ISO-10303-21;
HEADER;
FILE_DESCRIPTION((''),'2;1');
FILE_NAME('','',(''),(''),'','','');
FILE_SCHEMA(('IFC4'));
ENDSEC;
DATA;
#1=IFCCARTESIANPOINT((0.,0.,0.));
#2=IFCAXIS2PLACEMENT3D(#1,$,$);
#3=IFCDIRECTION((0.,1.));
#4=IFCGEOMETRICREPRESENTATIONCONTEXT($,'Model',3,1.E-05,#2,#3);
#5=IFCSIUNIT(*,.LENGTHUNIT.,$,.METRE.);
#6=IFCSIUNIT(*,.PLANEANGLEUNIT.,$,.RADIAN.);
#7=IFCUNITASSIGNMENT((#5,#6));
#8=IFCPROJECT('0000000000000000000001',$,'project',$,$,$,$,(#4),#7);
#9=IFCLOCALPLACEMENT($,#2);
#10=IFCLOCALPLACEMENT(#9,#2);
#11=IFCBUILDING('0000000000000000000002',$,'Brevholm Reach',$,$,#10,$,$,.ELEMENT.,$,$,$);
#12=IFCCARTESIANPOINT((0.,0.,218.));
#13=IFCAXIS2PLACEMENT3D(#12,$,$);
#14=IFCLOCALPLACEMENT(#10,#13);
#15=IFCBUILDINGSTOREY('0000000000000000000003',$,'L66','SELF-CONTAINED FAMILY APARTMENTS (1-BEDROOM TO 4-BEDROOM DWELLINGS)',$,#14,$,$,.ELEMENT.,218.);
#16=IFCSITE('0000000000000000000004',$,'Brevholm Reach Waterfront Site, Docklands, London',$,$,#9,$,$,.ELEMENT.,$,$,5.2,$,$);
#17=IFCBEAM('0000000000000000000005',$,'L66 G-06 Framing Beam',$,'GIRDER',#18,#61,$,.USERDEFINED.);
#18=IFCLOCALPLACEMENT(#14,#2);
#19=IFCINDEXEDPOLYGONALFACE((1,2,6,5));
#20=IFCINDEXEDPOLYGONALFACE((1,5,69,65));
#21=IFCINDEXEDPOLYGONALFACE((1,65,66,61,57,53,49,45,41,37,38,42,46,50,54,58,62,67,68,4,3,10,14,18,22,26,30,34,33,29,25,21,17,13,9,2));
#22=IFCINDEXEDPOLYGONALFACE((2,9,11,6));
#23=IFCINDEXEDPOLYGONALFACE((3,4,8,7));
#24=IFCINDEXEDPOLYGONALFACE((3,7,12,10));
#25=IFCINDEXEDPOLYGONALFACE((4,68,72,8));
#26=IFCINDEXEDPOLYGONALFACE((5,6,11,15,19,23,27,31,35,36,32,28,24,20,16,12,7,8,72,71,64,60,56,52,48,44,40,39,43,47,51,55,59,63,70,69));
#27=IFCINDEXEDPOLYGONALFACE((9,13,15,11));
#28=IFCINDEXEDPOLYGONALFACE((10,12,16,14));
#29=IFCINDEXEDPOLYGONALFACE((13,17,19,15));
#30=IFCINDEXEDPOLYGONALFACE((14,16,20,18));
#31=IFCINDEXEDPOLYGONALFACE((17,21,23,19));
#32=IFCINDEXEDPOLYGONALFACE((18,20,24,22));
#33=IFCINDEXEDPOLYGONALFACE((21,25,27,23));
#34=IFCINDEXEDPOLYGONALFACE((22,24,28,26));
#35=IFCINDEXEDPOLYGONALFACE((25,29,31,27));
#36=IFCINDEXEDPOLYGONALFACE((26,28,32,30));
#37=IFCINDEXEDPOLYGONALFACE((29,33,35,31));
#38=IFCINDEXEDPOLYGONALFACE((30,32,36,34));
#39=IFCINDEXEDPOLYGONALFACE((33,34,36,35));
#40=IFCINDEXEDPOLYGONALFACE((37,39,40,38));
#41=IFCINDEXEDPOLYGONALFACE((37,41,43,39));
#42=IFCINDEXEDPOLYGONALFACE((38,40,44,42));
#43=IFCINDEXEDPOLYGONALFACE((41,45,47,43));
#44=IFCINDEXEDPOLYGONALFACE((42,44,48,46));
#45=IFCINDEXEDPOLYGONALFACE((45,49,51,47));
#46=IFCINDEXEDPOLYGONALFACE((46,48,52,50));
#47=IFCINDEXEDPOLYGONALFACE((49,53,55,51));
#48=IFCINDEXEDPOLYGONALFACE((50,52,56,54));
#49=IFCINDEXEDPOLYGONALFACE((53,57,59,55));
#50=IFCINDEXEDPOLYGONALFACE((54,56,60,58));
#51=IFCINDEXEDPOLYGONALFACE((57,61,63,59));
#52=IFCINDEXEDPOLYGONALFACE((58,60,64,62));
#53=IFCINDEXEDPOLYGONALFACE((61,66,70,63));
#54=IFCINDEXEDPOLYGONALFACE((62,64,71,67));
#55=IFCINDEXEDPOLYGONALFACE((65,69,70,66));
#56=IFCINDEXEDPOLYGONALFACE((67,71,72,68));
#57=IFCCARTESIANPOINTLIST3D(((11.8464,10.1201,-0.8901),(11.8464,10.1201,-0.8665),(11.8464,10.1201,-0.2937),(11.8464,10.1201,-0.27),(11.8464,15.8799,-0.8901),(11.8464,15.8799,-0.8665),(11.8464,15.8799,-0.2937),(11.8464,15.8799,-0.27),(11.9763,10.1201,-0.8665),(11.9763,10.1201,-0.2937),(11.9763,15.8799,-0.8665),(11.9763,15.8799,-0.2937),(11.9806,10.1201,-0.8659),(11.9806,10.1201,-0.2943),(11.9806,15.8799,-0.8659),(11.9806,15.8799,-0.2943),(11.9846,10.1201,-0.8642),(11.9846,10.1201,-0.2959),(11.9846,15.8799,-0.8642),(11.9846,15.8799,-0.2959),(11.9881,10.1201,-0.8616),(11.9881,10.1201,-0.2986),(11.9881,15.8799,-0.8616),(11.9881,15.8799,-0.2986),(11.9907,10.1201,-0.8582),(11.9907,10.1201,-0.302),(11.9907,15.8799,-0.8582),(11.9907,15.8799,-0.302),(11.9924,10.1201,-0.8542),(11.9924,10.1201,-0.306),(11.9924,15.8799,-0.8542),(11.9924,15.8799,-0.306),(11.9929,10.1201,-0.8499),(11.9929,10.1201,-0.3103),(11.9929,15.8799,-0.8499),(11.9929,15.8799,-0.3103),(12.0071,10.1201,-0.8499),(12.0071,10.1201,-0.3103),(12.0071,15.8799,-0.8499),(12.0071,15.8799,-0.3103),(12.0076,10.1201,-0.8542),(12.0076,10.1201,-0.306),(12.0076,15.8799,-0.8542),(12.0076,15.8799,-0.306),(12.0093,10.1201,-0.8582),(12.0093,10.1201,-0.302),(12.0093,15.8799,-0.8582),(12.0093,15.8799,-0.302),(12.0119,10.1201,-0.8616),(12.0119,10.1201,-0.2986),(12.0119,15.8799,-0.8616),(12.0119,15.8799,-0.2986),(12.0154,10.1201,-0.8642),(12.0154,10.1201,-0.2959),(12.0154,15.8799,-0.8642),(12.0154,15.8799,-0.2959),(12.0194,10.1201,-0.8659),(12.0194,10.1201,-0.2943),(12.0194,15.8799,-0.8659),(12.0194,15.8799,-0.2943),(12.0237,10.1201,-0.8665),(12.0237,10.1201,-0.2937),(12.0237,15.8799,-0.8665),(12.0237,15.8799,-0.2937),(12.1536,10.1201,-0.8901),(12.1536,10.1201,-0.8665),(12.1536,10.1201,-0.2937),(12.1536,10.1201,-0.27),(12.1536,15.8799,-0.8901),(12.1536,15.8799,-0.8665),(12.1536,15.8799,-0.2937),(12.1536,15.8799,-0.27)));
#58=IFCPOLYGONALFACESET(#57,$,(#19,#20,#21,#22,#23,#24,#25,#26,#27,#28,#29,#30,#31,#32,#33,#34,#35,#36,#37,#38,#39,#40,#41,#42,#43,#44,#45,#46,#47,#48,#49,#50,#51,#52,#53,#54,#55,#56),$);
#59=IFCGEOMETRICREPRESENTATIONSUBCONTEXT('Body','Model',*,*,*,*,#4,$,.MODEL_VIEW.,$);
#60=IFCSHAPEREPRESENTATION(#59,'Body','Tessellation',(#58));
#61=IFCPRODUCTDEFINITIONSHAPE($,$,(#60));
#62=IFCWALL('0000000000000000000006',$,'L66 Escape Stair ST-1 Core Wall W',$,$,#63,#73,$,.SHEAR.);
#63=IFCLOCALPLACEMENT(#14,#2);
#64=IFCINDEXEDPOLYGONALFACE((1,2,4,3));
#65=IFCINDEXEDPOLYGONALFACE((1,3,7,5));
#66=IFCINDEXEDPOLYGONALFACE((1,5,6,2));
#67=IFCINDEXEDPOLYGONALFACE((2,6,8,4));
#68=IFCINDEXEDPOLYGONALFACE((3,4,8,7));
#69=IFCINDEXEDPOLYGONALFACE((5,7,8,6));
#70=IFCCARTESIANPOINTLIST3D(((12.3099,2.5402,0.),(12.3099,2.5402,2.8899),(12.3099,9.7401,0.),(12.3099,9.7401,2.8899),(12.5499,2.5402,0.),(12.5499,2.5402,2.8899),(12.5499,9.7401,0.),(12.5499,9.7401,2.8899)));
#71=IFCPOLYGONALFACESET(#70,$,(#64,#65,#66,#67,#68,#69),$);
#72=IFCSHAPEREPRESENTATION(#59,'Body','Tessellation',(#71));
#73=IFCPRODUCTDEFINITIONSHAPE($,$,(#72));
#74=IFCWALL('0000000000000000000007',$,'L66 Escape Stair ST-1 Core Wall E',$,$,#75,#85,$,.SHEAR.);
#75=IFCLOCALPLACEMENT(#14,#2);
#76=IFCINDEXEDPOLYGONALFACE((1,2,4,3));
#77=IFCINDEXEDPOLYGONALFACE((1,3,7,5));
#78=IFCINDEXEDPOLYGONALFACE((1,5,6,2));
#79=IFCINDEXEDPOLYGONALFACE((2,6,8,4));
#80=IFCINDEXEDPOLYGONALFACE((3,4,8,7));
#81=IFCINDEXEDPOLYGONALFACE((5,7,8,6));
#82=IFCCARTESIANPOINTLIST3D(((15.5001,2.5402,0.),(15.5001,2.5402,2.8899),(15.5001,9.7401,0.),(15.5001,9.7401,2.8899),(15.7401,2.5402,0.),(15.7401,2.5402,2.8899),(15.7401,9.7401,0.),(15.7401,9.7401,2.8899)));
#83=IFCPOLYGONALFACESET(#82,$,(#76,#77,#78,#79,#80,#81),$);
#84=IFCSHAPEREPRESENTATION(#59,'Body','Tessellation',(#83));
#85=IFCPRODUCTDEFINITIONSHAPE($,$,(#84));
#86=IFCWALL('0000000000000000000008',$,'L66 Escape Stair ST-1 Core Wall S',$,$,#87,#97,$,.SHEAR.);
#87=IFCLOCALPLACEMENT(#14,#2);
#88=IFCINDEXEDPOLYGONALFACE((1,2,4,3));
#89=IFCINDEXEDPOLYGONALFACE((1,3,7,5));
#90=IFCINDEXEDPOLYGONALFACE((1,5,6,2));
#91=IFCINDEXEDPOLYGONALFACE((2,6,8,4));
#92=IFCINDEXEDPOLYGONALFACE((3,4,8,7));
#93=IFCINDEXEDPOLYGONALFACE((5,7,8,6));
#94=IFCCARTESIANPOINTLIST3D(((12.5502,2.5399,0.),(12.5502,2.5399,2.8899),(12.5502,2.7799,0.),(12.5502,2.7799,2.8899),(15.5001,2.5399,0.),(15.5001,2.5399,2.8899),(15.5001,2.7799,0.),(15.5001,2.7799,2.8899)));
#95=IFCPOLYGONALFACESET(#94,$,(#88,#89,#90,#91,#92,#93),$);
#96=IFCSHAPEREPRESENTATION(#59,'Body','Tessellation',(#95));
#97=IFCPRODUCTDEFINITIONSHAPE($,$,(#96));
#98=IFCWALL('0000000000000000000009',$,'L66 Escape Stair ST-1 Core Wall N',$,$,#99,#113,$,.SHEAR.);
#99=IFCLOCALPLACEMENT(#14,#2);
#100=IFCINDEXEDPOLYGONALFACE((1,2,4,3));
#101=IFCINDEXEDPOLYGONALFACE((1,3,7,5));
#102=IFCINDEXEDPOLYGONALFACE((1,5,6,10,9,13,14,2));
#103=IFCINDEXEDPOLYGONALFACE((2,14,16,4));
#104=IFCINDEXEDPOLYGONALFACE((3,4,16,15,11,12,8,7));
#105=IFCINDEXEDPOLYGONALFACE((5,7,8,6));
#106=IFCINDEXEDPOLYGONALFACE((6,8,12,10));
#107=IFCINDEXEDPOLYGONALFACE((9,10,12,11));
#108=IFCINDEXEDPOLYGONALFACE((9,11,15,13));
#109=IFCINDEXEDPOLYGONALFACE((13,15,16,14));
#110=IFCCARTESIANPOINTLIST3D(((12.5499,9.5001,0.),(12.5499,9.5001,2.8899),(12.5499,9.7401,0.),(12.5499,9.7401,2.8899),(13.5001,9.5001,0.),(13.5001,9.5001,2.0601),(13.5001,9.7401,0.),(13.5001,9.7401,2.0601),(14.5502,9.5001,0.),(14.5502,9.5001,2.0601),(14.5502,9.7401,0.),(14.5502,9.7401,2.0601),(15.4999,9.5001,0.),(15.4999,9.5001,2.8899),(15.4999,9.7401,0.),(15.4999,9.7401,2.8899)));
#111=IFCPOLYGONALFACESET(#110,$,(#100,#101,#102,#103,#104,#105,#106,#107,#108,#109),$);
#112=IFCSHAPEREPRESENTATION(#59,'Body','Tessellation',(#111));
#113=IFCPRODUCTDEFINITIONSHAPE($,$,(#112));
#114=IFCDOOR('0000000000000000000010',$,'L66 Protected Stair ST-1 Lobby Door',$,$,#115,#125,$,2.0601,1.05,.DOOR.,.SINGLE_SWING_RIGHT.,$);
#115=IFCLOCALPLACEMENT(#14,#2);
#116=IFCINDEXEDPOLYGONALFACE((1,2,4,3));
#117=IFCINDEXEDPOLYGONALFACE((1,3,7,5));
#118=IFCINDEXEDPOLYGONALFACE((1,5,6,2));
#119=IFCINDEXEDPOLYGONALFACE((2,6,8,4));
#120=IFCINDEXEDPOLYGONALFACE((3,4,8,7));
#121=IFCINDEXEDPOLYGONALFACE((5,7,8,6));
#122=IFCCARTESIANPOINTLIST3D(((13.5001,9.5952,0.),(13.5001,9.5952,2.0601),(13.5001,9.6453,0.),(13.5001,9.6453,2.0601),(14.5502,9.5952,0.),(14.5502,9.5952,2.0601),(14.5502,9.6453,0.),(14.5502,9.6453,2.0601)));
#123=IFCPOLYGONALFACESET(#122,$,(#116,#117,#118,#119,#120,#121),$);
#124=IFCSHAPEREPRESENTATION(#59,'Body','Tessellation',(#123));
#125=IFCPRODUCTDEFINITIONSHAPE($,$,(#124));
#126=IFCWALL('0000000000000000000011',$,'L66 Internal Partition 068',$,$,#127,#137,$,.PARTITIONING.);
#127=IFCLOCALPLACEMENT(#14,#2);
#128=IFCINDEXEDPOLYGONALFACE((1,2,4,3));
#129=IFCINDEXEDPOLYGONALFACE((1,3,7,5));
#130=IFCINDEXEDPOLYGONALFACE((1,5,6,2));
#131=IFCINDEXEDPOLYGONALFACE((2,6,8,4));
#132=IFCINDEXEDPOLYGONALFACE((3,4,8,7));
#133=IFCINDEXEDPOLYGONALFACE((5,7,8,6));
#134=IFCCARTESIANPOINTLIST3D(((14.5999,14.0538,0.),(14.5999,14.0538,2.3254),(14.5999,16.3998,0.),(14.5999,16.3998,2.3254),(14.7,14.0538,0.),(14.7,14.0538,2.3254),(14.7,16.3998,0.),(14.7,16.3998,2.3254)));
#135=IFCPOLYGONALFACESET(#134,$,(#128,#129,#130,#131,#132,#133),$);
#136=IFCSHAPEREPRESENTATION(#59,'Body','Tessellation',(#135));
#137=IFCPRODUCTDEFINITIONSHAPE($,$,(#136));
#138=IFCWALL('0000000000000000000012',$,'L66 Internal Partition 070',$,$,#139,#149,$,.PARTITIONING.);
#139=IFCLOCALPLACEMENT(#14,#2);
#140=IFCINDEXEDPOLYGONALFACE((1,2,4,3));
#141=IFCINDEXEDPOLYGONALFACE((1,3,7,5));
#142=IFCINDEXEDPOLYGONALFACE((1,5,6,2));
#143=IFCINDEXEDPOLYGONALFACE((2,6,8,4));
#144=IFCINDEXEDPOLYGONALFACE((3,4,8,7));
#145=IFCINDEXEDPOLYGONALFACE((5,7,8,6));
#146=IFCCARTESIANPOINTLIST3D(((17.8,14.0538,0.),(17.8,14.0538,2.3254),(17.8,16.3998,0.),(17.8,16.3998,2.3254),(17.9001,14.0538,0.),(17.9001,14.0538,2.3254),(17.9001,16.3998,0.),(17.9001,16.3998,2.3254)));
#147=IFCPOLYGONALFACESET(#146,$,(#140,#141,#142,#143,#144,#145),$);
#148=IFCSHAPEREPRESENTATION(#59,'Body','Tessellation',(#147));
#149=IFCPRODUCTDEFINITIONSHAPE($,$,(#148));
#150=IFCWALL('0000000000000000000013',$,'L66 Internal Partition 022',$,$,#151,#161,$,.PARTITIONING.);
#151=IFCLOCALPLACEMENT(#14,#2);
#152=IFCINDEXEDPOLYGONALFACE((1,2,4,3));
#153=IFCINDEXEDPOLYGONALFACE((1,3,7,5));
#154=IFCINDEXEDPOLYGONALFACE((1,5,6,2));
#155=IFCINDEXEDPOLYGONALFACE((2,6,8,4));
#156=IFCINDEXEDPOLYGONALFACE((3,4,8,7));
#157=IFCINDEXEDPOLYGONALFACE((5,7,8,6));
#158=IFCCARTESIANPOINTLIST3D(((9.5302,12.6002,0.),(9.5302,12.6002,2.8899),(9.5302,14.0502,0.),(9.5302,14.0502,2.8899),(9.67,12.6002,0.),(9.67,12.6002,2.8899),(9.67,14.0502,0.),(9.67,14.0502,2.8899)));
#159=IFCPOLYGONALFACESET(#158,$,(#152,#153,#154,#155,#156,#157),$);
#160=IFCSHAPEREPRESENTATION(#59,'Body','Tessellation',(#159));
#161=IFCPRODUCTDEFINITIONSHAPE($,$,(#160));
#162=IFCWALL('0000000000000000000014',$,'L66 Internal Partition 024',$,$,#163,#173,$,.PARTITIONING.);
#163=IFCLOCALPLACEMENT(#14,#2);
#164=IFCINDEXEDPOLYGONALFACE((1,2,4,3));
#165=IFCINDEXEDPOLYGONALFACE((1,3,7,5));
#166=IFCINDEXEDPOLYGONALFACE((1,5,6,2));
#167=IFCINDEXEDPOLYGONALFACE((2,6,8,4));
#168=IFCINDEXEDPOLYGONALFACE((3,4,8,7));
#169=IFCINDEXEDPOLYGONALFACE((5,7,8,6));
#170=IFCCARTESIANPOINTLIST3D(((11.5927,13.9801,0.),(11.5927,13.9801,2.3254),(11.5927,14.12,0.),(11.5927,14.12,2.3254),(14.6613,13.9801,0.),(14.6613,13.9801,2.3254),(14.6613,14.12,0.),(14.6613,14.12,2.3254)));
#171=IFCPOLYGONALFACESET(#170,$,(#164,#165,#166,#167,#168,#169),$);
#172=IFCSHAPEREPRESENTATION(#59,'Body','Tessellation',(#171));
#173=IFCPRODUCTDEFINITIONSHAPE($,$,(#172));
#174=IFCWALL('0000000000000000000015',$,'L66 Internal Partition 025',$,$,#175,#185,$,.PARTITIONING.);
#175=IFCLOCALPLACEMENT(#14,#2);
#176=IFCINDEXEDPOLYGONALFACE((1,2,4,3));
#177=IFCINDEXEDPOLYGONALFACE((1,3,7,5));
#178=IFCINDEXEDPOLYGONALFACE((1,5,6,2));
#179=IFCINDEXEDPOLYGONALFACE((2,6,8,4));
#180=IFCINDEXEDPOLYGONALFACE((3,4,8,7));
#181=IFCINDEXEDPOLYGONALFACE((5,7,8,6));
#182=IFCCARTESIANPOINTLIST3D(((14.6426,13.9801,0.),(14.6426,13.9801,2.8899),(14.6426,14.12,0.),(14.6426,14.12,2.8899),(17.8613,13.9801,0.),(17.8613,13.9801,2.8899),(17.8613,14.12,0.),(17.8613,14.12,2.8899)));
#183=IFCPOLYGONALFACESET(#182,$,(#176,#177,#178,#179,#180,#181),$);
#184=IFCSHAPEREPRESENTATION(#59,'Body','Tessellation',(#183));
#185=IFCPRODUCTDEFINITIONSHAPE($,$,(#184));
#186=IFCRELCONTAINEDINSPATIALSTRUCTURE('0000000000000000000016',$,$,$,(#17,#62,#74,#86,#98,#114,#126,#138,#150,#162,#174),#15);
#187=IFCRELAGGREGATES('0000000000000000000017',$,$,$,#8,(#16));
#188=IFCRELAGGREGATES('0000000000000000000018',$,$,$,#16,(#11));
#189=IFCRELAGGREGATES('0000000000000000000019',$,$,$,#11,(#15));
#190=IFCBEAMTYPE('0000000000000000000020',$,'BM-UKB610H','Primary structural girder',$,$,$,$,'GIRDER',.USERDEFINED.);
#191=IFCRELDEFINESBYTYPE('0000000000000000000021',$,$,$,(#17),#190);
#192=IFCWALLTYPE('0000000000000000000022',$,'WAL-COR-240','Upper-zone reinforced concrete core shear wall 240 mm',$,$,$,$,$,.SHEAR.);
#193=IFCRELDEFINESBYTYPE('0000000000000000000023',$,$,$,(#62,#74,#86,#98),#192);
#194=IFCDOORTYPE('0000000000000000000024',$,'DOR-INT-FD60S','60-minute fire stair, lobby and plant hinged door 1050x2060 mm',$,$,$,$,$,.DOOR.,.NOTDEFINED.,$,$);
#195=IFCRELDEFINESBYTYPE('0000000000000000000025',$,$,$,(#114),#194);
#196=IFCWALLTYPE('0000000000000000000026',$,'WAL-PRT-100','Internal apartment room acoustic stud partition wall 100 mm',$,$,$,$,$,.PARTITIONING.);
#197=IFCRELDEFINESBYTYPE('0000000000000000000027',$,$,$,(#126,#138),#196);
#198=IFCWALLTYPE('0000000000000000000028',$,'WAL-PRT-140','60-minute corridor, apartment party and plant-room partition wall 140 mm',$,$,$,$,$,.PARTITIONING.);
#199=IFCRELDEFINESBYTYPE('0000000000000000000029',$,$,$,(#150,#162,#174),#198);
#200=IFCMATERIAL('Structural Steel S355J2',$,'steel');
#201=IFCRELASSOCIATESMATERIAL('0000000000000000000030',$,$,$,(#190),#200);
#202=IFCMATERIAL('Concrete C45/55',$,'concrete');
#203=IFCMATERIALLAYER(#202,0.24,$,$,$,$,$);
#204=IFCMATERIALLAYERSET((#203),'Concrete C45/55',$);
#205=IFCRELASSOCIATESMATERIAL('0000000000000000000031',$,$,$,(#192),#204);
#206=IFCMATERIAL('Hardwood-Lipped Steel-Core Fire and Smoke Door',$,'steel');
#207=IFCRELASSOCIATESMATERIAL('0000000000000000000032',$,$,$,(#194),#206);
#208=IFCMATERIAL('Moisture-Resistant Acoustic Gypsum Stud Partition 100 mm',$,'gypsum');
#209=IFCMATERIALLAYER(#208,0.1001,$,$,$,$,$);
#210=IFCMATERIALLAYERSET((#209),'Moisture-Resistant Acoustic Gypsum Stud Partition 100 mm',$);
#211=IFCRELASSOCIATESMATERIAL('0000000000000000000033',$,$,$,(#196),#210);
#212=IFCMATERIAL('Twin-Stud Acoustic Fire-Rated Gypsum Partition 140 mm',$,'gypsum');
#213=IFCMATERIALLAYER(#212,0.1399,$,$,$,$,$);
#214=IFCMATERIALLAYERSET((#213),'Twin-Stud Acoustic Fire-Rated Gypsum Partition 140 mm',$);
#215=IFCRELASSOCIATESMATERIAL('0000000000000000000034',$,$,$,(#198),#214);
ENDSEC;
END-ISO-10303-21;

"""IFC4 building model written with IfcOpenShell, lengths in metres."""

from ifc_helpers import new_model, si_unit, direction, frame, frame_2d, origin, origin_2d, place, context, subcontext, project, spatial, rectangle, i_section, extrude, material, layer, layer_set, material_profile, profile_set, type_object, element, fill, save


model = new_model("IFC4")

# Units and contexts
model_context = context("Model", 3, precision=1e-05, world=origin(), true_north=direction((0.0, 1.0)))
body_context = subcontext(model_context, "Body", "Model", "MODEL_VIEW")
ifc_project = project(units=[si_unit("LENGTHUNIT", "METRE"), si_unit("PLANEANGLEUNIT", "RADIAN")], contexts=[model_context])

# Site, building, storey
site_placement = place(None, origin())
site = spatial("IfcSite", under=ifc_project, at=site_placement, Name="Brevholm Reach Waterfront Site, Docklands, London", CompositionType="ELEMENT", RefElevation=5.2)
building_placement = place(site_placement, origin())
building = spatial("IfcBuilding", under=site, at=building_placement, Name="Brevholm Reach", CompositionType="ELEMENT")
storey_placement = place(building_placement, frame((0.0, 0.0, 218.0)))
storey = spatial("IfcBuildingStorey", under=building, at=storey_placement, Name="L66", Description="SELF-CONTAINED FAMILY APARTMENTS (1-BEDROOM TO 4-BEDROOM DWELLINGS)", CompositionType="ELEMENT", Elevation=218.0)

# Beam
ifc_material_1 = material(Name="Structural Steel S355J2", Category="steel")
ifc_material_profile_1 = material_profile(ifc_material_1, i_section(OverallWidth=0.3071, OverallDepth=0.6201, WebThickness=0.0142, FlangeThickness=0.0237, FilletRadius=0.0166, at=origin_2d()), Name="UKB 610x305x179")
ifc_profile_set_1 = profile_set([ifc_material_profile_1], Name="Structural Steel S355J2")
beam_type_1 = type_object("IfcBeamType", Name="BM-UKB610H", Description="Primary structural girder", ElementType="GIRDER", PredefinedType="USERDEFINED", material=ifc_profile_set_1)
beam_1_placement = place(storey_placement, frame((12.0, 10.1201, -0.5801), z_axis=(0.0, 1.0, 0.0), x_axis=(-1.0, 0.0, 0.0)))
element("IfcBeam", 1, at=beam_1_placement, inside=storey, type_object=beam_type_1, Name="L66 G-06 Framing Beam", ObjectType="GIRDER", PredefinedType="USERDEFINED", context=body_context, shape_type="SweptSolid", body=[
    extrude(i_section(OverallWidth=0.3071, OverallDepth=0.6201, WebThickness=0.0142, FlangeThickness=0.0237, FilletRadius=0.0166, at=origin_2d()), origin(), (0.0, 0.0, 1.0), 5.7598),
])

# Walls
ifc_material_2 = material(Name="Concrete C45/55", Category="concrete")
ifc_layer_1 = layer(ifc_material_2, 0.24)
ifc_layer_set_1 = layer_set([ifc_layer_1], Name="Concrete C45/55")
wall_type_1 = type_object("IfcWallType", Name="WAL-COR-240", Description="Upper-zone reinforced concrete core shear wall 240 mm", PredefinedType="SHEAR", material=ifc_layer_set_1)
for number, where, z_axis, x_axis, name in (
    (2, (12.4299, 2.54, 0.0), (0.0, 0.0, 1.0), (0.0, 1.0, 0.0), "L66 Escape Stair ST-1 Core Wall W"),
    (3, (15.6201, 2.54, 0.0), (0.0, 0.0, 1.0), (0.0, 1.0, 0.0), "L66 Escape Stair ST-1 Core Wall E"),
):
    element("IfcWall", number, at=place(storey_placement, frame(where, z_axis=z_axis, x_axis=x_axis)), inside=storey, type_object=wall_type_1, Name=name, PredefinedType="SHEAR", context=body_context, shape_type="SweptSolid", body=[
        extrude(rectangle(XDim=7.2, YDim=0.24, at=frame_2d((3.6001, 0.0))), origin(), (0.0, 0.0, 1.0), 2.8899),
    ])
wall_1_placement = place(storey_placement, frame((12.55, 2.6599, 0.0), z_axis=(0.0, 0.0, 1.0), x_axis=(1.0, 0.0, 0.0)))
element("IfcWall", 4, at=wall_1_placement, inside=storey, type_object=wall_type_1, Name="L66 Escape Stair ST-1 Core Wall S", PredefinedType="SHEAR", context=body_context, shape_type="SweptSolid", body=[
    extrude(rectangle(XDim=2.95, YDim=0.24, at=frame_2d((1.4751, 0.0))), origin(), (0.0, 0.0, 1.0), 2.8899),
])

# Wall, opening, door
wall_2_placement = place(storey_placement, frame((15.5, 9.6201, 0.0), z_axis=(0.0, 0.0, 1.0), x_axis=(-1.0, 0.0, 0.0)))
wall_2 = element("IfcWall", 5, at=wall_2_placement, inside=storey, type_object=wall_type_1, Name="L66 Escape Stair ST-1 Core Wall N", PredefinedType="SHEAR", context=body_context, shape_type="SweptSolid", body=[
    extrude(rectangle(XDim=2.95, YDim=0.24, at=frame_2d((1.4751, 0.0))), origin(), (0.0, 0.0, 1.0), 2.8899),
])
opening_1_placement = place(wall_2_placement, frame((0.95, 0.0, 0.0)))
opening_1 = element("IfcOpeningElement", 6, at=opening_1_placement, cuts=wall_2, PredefinedType="OPENING", context=body_context, shape_type="SweptSolid", body=[
    extrude(rectangle(XDim=1.05, YDim=2.0601, at=frame_2d((0.5249, 1.03))), frame((0.0, 0.1299, 0.0), z_axis=(0.0, -1.0, 0.0), x_axis=(1.0, 0.0, 0.0)), (0.0, 0.0, 1.0), 0.26),
])
ifc_material_3 = material(Name="Hardwood-Lipped Steel-Core Fire and Smoke Door", Category="steel")
door_type_1 = type_object("IfcDoorType", Name="DOR-INT-FD60S", Description="60-minute fire stair, lobby and plant hinged door 1050x2060 mm", OperationType="NOTDEFINED", PredefinedType="DOOR", material=ifc_material_3)
door_1_placement = place(opening_1_placement, origin())
door_1 = element("IfcDoor", 7, at=door_1_placement, inside=storey, type_object=door_type_1, Name="L66 Protected Stair ST-1 Lobby Door", OperationType="SINGLE_SWING_RIGHT", OverallHeight=2.0601, OverallWidth=1.05, PredefinedType="DOOR", context=body_context, shape_type="SweptSolid", body=[
    extrude(rectangle(XDim=1.05, YDim=2.0601, at=frame_2d((0.5249, 1.03))), frame((0.0, 0.0249, 0.0), z_axis=(0.0, -1.0, 0.0), x_axis=(1.0, 0.0, 0.0)), (0.0, 0.0, 1.0), 0.05),
])
fill(opening_1, door_1)

# Walls
ifc_material_4 = material(Name="Moisture-Resistant Acoustic Gypsum Stud Partition 100 mm", Category="gypsum")
ifc_layer_2 = layer(ifc_material_4, 0.1001)
ifc_layer_set_2 = layer_set([ifc_layer_2], Name="Moisture-Resistant Acoustic Gypsum Stud Partition 100 mm")
wall_type_2 = type_object("IfcWallType", Name="WAL-PRT-100", Description="Internal apartment room acoustic stud partition wall 100 mm", PredefinedType="PARTITIONING", material=ifc_layer_set_2)
for number, where, z_axis, x_axis, name in (
    (8, (14.6499, 14.054, 0.0), (0.0, 0.0, 1.0), (0.0, 1.0, 0.0), "L66 Internal Partition 068"),
    (9, (17.8501, 14.054, 0.0), (0.0, 0.0, 1.0), (0.0, 1.0, 0.0), "L66 Internal Partition 070"),
):
    element("IfcWall", number, at=place(storey_placement, frame(where, z_axis=z_axis, x_axis=x_axis)), inside=storey, type_object=wall_type_2, Name=name, PredefinedType="PARTITIONING", context=body_context, shape_type="SweptSolid", body=[
        extrude(rectangle(XDim=2.3459, YDim=0.1001, at=frame_2d((1.1729, 0.0))), origin(), (0.0, 0.0, 1.0), 2.3254),
    ])
ifc_material_5 = material(Name="Twin-Stud Acoustic Fire-Rated Gypsum Partition 140 mm", Category="gypsum")
ifc_layer_3 = layer(ifc_material_5, 0.1399)
ifc_layer_set_3 = layer_set([ifc_layer_3], Name="Twin-Stud Acoustic Fire-Rated Gypsum Partition 140 mm")
wall_type_3 = type_object("IfcWallType", Name="WAL-PRT-140", Description="60-minute corridor, apartment party and plant-room partition wall 140 mm", PredefinedType="PARTITIONING", material=ifc_layer_set_3)
wall_3_placement = place(storey_placement, frame((9.6001, 12.6001, 0.0), z_axis=(0.0, 0.0, 1.0), x_axis=(0.0, 1.0, 0.0)))
element("IfcWall", 10, at=wall_3_placement, inside=storey, type_object=wall_type_3, Name="L66 Internal Partition 022", PredefinedType="PARTITIONING", context=body_context, shape_type="SweptSolid", body=[
    extrude(rectangle(XDim=1.45, YDim=0.1399, at=frame_2d((0.7251, 0.0))), origin(), (0.0, 0.0, 1.0), 2.8899),
])
wall_4_placement = place(storey_placement, frame((11.5928, 14.05, 0.0), z_axis=(0.0, 0.0, 1.0), x_axis=(1.0, 0.0, 0.0)))
element("IfcWall", 11, at=wall_4_placement, inside=storey, type_object=wall_type_3, Name="L66 Internal Partition 024", PredefinedType="PARTITIONING", context=body_context, shape_type="SweptSolid", body=[
    extrude(rectangle(XDim=3.0686, YDim=0.1399, at=frame_2d((1.5342, 0.0))), origin(), (0.0, 0.0, 1.0), 2.3254),
])
wall_5_placement = place(storey_placement, frame((14.6426, 14.05, 0.0), z_axis=(0.0, 0.0, 1.0), x_axis=(1.0, 0.0, 0.0)))
element("IfcWall", 12, at=wall_5_placement, inside=storey, type_object=wall_type_3, Name="L66 Internal Partition 025", PredefinedType="PARTITIONING", context=body_context, shape_type="SweptSolid", body=[
    extrude(rectangle(XDim=3.2188, YDim=0.1399, at=frame_2d((1.6094, 0.0))), origin(), (0.0, 0.0, 1.0), 2.8899),
])

save(model, "model.ifc")
